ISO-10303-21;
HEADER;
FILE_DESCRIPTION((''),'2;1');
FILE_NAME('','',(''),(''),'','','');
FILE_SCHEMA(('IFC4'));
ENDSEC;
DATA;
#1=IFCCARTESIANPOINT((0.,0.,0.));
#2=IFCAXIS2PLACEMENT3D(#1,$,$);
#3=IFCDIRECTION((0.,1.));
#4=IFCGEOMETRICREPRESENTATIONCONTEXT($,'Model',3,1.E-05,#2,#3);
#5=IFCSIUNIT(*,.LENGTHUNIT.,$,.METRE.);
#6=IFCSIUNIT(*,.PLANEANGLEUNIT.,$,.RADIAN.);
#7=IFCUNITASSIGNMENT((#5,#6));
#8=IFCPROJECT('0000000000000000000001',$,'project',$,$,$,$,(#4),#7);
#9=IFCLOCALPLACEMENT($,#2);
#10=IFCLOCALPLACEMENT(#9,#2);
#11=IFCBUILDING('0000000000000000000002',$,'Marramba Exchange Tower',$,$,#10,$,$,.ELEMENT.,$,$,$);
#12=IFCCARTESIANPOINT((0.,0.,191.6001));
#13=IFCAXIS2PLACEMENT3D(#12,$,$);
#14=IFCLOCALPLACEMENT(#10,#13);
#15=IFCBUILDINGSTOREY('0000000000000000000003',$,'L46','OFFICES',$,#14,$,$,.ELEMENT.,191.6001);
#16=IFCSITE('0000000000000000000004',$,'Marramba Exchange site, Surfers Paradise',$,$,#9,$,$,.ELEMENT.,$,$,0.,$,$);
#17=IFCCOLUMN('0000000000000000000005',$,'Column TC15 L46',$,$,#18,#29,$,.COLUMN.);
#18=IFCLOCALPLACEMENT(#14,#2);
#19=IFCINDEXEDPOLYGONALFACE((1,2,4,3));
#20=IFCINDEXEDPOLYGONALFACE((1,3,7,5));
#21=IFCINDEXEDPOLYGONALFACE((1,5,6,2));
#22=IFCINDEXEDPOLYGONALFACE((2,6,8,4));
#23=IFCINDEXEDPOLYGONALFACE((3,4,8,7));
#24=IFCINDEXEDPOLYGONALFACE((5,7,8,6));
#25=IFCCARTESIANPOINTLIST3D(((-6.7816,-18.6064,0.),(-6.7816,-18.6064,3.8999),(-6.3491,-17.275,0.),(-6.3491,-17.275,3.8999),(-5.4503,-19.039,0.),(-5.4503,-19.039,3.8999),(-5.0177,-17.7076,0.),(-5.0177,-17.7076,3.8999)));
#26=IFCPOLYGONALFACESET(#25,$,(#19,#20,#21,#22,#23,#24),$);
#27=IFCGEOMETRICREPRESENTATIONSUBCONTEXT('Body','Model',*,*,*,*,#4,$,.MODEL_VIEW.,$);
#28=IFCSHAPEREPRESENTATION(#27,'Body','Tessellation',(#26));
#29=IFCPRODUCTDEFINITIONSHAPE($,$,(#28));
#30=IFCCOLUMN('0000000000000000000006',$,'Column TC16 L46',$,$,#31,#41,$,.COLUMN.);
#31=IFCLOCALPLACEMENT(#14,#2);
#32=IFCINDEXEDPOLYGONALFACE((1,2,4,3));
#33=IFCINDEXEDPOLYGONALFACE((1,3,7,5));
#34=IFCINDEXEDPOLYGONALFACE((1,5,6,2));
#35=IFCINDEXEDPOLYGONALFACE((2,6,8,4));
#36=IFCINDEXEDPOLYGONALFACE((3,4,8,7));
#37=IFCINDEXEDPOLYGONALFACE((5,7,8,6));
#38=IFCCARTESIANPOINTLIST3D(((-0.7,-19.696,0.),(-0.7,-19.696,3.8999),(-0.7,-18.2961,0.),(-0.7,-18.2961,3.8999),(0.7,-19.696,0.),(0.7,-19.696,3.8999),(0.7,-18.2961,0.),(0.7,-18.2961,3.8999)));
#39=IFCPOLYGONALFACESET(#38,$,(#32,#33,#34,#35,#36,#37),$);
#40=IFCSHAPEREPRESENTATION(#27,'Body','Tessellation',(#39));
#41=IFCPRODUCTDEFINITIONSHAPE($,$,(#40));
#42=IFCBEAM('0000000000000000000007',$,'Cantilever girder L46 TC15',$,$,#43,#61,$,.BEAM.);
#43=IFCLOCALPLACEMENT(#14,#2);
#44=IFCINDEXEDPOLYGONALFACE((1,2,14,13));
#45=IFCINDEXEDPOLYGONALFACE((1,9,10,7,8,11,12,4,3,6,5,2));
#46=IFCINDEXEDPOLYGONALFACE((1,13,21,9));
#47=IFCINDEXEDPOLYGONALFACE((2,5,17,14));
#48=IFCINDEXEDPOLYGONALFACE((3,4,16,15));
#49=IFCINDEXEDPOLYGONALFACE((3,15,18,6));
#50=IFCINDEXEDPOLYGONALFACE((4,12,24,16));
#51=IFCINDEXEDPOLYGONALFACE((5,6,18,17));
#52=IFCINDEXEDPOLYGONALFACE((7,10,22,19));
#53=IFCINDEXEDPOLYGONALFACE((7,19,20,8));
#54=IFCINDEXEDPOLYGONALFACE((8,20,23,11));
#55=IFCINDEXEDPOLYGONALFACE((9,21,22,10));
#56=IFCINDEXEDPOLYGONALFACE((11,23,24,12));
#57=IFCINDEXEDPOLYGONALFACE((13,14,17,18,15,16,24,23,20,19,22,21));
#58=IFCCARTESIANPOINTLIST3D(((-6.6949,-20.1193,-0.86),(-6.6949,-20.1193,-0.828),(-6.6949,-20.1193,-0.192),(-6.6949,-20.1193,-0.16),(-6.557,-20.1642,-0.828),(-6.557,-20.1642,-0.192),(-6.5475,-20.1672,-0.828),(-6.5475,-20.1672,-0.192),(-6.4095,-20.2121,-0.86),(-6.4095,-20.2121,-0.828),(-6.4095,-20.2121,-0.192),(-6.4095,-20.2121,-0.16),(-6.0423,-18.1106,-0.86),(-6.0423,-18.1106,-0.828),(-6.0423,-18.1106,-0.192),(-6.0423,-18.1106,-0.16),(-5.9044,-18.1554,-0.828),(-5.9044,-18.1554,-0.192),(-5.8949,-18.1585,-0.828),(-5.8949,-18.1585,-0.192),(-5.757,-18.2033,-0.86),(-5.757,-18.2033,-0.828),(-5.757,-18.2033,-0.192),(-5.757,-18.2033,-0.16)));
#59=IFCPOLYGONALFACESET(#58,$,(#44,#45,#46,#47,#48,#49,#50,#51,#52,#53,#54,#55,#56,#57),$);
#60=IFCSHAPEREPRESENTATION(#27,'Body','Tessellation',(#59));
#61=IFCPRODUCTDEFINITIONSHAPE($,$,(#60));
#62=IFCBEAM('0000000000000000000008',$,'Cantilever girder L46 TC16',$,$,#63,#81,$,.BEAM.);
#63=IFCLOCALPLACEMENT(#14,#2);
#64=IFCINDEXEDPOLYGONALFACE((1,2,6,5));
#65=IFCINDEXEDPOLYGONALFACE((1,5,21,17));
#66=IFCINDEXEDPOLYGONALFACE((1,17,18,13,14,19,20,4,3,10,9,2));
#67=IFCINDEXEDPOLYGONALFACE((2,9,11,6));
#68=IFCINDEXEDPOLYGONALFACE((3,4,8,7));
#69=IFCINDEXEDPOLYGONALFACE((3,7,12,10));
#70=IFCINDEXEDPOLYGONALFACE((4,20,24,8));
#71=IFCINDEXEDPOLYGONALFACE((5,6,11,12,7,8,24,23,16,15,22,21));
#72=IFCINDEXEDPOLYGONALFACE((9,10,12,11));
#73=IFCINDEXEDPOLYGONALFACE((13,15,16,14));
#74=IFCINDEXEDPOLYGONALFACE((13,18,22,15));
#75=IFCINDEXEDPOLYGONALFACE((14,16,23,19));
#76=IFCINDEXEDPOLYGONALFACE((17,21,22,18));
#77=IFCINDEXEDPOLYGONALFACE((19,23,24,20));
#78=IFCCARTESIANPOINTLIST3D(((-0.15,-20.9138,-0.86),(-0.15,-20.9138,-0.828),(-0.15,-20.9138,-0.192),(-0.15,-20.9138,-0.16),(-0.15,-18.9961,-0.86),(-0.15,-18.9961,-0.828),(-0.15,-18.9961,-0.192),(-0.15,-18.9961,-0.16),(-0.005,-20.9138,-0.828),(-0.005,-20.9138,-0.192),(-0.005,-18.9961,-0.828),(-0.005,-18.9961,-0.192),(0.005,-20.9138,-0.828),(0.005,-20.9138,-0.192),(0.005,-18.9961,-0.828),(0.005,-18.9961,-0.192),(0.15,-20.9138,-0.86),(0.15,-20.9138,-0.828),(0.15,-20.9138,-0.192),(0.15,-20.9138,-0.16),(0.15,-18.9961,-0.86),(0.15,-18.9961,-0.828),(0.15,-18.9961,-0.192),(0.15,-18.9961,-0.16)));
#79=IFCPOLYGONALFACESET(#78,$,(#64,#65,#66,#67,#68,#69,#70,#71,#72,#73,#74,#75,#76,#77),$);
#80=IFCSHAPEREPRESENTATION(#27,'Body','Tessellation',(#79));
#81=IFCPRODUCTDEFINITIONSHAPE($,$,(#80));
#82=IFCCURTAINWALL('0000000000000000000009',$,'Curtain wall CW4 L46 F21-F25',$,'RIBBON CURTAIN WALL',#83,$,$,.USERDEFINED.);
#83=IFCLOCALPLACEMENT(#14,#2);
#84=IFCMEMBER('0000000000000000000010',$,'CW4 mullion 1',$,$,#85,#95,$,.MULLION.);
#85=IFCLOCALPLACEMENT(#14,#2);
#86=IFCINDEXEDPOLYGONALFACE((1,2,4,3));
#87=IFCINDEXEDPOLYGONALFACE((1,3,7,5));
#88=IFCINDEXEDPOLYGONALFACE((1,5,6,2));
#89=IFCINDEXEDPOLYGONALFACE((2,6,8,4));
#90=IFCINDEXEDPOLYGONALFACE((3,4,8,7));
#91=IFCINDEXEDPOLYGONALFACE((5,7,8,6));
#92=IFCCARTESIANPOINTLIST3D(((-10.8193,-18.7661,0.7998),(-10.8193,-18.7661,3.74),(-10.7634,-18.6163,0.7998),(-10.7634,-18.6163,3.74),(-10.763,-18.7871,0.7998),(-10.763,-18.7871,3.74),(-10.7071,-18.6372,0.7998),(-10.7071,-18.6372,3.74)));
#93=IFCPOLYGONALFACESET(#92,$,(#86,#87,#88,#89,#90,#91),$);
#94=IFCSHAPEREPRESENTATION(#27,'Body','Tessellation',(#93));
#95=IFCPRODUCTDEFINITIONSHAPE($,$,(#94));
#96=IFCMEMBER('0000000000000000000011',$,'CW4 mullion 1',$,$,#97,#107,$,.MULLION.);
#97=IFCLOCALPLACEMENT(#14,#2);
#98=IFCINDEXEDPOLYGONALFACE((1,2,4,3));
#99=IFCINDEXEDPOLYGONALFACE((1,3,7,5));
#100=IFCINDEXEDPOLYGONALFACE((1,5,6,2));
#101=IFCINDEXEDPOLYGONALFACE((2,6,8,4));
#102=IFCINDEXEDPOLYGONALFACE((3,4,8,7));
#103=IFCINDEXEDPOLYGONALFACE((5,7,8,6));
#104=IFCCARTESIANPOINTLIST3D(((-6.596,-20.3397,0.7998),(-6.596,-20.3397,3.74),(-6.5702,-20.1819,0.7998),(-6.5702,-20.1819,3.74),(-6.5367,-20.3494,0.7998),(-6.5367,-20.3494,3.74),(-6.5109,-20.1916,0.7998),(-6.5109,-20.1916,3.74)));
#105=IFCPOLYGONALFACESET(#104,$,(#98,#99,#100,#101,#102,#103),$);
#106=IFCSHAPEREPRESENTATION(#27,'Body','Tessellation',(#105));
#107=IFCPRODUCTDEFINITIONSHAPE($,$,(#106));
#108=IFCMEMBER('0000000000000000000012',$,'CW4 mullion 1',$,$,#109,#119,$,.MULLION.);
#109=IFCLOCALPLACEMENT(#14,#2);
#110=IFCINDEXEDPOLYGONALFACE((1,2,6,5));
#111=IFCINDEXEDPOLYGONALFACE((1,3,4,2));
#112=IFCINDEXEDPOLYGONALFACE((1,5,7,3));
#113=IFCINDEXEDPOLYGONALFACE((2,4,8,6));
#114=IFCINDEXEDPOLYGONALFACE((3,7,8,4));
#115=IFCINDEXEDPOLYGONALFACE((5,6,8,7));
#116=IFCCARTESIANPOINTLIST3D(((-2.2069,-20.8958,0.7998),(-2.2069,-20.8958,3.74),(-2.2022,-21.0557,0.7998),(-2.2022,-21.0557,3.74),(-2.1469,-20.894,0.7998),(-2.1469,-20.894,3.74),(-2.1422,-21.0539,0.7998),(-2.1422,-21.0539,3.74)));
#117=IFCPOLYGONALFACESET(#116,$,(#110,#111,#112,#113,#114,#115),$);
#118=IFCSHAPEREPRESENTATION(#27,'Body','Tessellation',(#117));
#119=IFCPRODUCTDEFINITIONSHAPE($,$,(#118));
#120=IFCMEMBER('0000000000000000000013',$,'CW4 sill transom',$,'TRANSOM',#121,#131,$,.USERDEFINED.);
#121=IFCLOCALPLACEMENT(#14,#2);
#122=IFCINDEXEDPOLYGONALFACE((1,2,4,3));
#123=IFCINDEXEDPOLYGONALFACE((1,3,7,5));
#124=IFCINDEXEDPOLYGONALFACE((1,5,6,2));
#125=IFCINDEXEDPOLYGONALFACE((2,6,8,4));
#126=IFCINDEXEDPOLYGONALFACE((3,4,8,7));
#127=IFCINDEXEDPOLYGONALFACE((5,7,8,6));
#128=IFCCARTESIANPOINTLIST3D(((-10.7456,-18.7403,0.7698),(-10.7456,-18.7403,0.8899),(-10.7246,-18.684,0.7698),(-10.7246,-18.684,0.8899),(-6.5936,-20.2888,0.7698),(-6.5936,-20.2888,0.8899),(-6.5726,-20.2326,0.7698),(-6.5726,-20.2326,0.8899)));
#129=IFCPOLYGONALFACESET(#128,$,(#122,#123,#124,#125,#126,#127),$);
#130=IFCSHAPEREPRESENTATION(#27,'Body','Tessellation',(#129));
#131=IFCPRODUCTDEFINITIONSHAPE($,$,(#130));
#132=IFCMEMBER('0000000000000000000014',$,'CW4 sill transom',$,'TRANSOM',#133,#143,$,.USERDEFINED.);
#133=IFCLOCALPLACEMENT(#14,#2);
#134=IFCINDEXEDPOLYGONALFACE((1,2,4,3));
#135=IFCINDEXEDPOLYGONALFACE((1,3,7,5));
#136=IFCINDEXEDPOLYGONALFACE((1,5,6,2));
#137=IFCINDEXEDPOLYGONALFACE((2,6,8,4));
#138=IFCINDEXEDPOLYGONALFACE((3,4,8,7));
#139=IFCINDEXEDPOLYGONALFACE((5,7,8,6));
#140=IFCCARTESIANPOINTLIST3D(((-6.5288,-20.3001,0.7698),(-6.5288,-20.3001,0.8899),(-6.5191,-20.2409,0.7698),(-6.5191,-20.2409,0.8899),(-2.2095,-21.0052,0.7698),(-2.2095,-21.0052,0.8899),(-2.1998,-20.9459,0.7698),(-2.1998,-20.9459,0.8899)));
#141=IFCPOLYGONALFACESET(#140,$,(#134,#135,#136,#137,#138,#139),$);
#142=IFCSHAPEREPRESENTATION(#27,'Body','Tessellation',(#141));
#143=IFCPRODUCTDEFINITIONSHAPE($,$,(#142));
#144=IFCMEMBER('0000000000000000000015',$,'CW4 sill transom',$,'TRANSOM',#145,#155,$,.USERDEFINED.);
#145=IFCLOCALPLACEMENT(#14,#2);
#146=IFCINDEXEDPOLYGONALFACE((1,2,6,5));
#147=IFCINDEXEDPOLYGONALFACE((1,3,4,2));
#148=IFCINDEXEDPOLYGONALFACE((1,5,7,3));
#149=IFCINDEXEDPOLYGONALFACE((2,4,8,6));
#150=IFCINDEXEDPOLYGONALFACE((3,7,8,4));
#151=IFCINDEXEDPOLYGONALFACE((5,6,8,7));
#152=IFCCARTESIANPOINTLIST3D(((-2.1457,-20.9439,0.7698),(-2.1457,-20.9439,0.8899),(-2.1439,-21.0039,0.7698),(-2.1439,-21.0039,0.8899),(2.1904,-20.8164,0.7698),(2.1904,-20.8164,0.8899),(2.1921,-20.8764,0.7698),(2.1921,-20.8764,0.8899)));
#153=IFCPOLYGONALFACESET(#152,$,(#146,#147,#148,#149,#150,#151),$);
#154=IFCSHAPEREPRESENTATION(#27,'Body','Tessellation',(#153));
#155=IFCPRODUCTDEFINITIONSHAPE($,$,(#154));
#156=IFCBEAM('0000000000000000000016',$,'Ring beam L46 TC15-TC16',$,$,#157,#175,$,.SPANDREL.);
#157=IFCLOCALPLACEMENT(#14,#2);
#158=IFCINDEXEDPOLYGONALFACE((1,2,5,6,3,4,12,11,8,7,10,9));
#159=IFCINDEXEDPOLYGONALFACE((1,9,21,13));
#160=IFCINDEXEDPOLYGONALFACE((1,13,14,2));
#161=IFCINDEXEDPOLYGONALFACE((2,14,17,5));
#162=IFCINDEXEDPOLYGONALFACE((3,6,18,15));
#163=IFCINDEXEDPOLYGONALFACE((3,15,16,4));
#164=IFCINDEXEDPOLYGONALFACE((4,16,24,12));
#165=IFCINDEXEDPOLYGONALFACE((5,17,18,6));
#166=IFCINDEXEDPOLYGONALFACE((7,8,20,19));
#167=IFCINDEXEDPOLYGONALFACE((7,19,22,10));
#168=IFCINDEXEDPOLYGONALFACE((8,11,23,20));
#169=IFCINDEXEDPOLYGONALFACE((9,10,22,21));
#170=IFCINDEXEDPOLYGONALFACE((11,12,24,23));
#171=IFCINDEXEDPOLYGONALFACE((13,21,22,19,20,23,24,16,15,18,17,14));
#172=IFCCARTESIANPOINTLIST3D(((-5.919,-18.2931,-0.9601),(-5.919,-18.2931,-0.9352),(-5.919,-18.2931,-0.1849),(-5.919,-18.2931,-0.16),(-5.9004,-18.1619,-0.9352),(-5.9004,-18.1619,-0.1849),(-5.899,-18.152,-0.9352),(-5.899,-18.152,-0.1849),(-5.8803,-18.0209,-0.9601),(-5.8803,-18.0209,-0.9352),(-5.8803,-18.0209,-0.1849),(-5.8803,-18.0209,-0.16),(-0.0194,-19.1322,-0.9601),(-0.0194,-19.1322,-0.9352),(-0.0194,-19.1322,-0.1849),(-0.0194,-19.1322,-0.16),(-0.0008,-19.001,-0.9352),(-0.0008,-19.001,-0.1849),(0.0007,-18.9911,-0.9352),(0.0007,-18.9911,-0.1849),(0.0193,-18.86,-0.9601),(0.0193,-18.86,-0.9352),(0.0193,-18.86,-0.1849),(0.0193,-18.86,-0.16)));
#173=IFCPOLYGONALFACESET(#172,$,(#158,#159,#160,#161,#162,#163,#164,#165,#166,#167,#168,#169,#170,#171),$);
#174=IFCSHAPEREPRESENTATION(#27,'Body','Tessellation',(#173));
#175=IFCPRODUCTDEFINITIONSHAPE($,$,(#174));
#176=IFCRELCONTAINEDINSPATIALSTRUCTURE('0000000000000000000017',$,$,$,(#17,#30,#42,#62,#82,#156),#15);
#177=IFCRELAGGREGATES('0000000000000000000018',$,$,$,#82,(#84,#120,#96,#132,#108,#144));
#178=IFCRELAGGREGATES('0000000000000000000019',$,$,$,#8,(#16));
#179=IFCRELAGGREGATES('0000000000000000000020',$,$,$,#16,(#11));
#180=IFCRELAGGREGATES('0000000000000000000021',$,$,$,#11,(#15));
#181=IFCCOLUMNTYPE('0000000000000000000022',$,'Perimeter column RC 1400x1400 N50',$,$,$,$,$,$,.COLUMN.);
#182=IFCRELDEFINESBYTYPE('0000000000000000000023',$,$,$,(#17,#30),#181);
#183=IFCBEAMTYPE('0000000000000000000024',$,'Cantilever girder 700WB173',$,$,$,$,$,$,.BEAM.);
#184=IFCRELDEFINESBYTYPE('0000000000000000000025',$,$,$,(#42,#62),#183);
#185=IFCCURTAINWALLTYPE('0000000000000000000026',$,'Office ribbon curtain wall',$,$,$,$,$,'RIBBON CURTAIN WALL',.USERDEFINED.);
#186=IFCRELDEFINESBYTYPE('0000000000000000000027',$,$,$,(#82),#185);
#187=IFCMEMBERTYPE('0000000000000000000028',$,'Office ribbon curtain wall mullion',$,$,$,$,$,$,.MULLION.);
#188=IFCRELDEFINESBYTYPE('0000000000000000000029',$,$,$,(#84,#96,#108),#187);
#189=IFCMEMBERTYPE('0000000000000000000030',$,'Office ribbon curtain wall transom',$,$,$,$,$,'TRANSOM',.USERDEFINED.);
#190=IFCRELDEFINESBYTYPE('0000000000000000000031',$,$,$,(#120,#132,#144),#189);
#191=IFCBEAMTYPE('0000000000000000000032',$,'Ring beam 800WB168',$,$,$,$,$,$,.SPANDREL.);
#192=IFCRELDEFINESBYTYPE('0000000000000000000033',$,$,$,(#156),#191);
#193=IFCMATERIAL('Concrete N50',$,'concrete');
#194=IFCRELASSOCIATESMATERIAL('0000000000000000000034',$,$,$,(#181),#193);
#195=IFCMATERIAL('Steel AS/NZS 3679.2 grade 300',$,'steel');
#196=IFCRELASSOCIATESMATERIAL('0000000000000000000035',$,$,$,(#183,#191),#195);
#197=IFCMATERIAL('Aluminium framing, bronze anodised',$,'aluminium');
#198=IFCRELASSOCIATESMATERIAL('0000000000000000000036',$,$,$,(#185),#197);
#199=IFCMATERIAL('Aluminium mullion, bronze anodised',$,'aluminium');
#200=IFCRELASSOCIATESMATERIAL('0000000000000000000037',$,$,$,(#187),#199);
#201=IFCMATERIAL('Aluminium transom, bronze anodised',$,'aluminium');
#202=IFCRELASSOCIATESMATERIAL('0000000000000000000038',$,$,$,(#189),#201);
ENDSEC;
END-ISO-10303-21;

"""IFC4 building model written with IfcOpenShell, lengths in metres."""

from ifc_helpers import new_model, si_unit, direction, frame, origin, origin_2d, place, context, subcontext, project, spatial, rectangle, i_section, extrude, material, material_profile, profile_set, type_object, element, aggregate, save


model = new_model("IFC4")

# Units and contexts
model_context = context("Model", 3, precision=1e-05, world=origin(), true_north=direction((0.0, 1.0)))
body_context = subcontext(model_context, "Body", "Model", "MODEL_VIEW")
ifc_project = project(units=[si_unit("LENGTHUNIT", "METRE"), si_unit("PLANEANGLEUNIT", "RADIAN")], contexts=[model_context])

# Site, building, storey
site_placement = place(None, origin())
site = spatial("IfcSite", under=ifc_project, at=site_placement, Name="Marramba Exchange site, Surfers Paradise", CompositionType="ELEMENT", RefElevation=0.0)
building_placement = place(site_placement, origin())
building = spatial("IfcBuilding", under=site, at=building_placement, Name="Marramba Exchange Tower", CompositionType="ELEMENT")
storey_placement = place(building_placement, frame((0.0, 0.0, 191.6001)))
storey = spatial("IfcBuildingStorey", under=building, at=storey_placement, Name="L46", Description="OFFICES", CompositionType="ELEMENT", Elevation=191.6001)

# Columns
ifc_material_1 = material(Name="Concrete N50", Category="concrete")
ifc_material_profile_1 = material_profile(ifc_material_1, rectangle(XDim=1.3999, YDim=1.3999, at=origin_2d()), Name="RC 1400x1400")
ifc_profile_set_1 = profile_set([ifc_material_profile_1], Name="Concrete N50")
column_type = type_object("IfcColumnType", Name="Perimeter column RC 1400x1400 N50", PredefinedType="COLUMN", material=ifc_profile_set_1)
for number, where, z_axis, x_axis, name in (
    (1, (-5.8997, -18.157, 0.0), (0.0, 0.0, 1.0), (-0.309017, -0.951057, 0.0), "Column TC15 L46"),
    (2, (0.0, -18.9961, 0.0), (0.0, 0.0, 1.0), (0.0, -1.0, 0.0), "Column TC16 L46"),
):
    element("IfcColumn", number, at=place(storey_placement, frame(where, z_axis=z_axis, x_axis=x_axis)), inside=storey, type_object=column_type, Name=name, PredefinedType="COLUMN", context=body_context, shape_type="SweptSolid", body=[
        extrude(rectangle(XDim=1.3999, YDim=1.3999, at=origin_2d()), origin(), (0.0, 0.0, 1.0), 3.8999),
    ])

# Beams
ifc_material_2 = material(Name="Steel AS/NZS 3679.2 grade 300", Category="steel")
ifc_material_profile_2 = material_profile(ifc_material_2, i_section(OverallWidth=0.3, OverallDepth=0.7, WebThickness=0.01, FlangeThickness=0.032, at=origin_2d()), Name="700WB173")
ifc_profile_set_2 = profile_set([ifc_material_profile_2], Name="Steel AS/NZS 3679.2 grade 300")
beam_type_1 = type_object("IfcBeamType", Name="Cantilever girder 700WB173", PredefinedType="BEAM", material=ifc_profile_set_2)
beam_1_placement = place(storey_placement, frame((-5.8997, -18.157, -0.51), z_axis=(-0.308971, -0.951071, 0.0), x_axis=(0.951071, -0.308971, 0.0)))
element("IfcBeam", 3, at=beam_1_placement, inside=storey, type_object=beam_type_1, Name="Cantilever girder L46 TC15", PredefinedType="BEAM", context=body_context, shape_type="SweptSolid", body=[
    extrude(i_section(OverallWidth=0.3, OverallDepth=0.7, WebThickness=0.01, FlangeThickness=0.032, at=origin_2d()), origin(), (0.0, 0.0, 1.0), 2.1121),
])
beam_2_placement = place(storey_placement, frame((0.0, -18.9961, -0.51), z_axis=(0.0, -1.0, 0.0), x_axis=(1.0, 0.0, 0.0)))
element("IfcBeam", 4, at=beam_2_placement, inside=storey, type_object=beam_type_1, Name="Cantilever girder L46 TC16", PredefinedType="BEAM", context=body_context, shape_type="SweptSolid", body=[
    extrude(i_section(OverallWidth=0.3, OverallDepth=0.7, WebThickness=0.01, FlangeThickness=0.032, at=origin_2d()), origin(), (0.0, 0.0, 1.0), 1.9177),
])

# Curtain wall, members
ifc_material_3 = material(Name="Aluminium framing, bronze anodised", Category="aluminium")
curtain_wall_type = type_object("IfcCurtainWallType", Name="Office ribbon curtain wall", ElementType="RIBBON CURTAIN WALL", PredefinedType="USERDEFINED", material=ifc_material_3)
curtain_wall_1_placement = place(storey_placement, origin())
curtain_wall_1 = element("IfcCurtainWall", 5, at=curtain_wall_1_placement, inside=storey, type_object=curtain_wall_type, Name="Curtain wall CW4 L46 F21-F25", ObjectType="RIBBON CURTAIN WALL", PredefinedType="USERDEFINED")
ifc_material_4 = material(Name="Aluminium mullion, bronze anodised", Category="aluminium")
ifc_material_profile_3 = material_profile(ifc_material_4, rectangle(XDim=0.1599, YDim=0.0601, at=origin_2d()), Name="CW4 mullion 60x160")
ifc_profile_set_3 = profile_set([ifc_material_profile_3], Name="Aluminium mullion, bronze anodised")
member_type_1 = type_object("IfcMemberType", Name="Office ribbon curtain wall mullion", PredefinedType="MULLION", material=ifc_profile_set_3)
member_1_placement = place(storey_placement, frame((-10.7632, -18.7017, 0.7998), z_axis=(0.0, 0.0, 1.0), x_axis=(0.349459, 0.936952, 0.0)))
member_1 = element("IfcMember", 6, at=member_1_placement, type_object=member_type_1, Name="CW4 mullion 1", PredefinedType="MULLION", context=body_context, shape_type="SweptSolid", body=[
    extrude(rectangle(XDim=0.1599, YDim=0.0601, at=origin_2d()), origin(), (0.0, 0.0, 1.0), 2.9402),
])
member_2_placement = place(storey_placement, frame((-6.5535, -20.2656, 0.7998), z_axis=(0.0, 0.0, 1.0), x_axis=(0.161146, 0.986931, 0.0)))
member_2 = element("IfcMember", 7, at=member_2_placement, type_object=member_type_1, Name="CW4 mullion 1", PredefinedType="MULLION", context=body_context, shape_type="SweptSolid", body=[
    extrude(rectangle(XDim=0.1599, YDim=0.0601, at=origin_2d()), origin(), (0.0, 0.0, 1.0), 2.9402),
])
member_3_placement = place(storey_placement, frame((-2.1746, -20.9749, 0.7998), z_axis=(0.0, 0.0, 1.0), x_axis=(-0.029393, 0.999568, 0.0)))
member_3 = element("IfcMember", 8, at=member_3_placement, type_object=member_type_1, Name="CW4 mullion 1", PredefinedType="MULLION", context=body_context, shape_type="SweptSolid", body=[
    extrude(rectangle(XDim=0.1599, YDim=0.0601, at=origin_2d()), origin(), (0.0, 0.0, 1.0), 2.9402),
])
ifc_material_5 = material(Name="Aluminium transom, bronze anodised", Category="aluminium")
ifc_material_profile_4 = material_profile(ifc_material_5, rectangle(XDim=0.0601, YDim=0.1201, at=origin_2d()), Name="CW4 transom 60x120")
ifc_profile_set_4 = profile_set([ifc_material_profile_4], Name="Aluminium transom, bronze anodised")
member_type_2 = type_object("IfcMemberType", Name="Office ribbon curtain wall transom", ElementType="TRANSOM", PredefinedType="USERDEFINED", material=ifc_profile_set_4)
member_4_placement = place(storey_placement, frame((-10.7351, -18.7122, 0.8298), z_axis=(0.936955, -0.34945, 0.0), x_axis=(0.34945, 0.936955, 0.0)))
member_4 = element("IfcMember", 9, at=member_4_placement, type_object=member_type_2, Name="CW4 sill transom", ObjectType="TRANSOM", PredefinedType="USERDEFINED", context=body_context, shape_type="SweptSolid", body=[
    extrude(rectangle(XDim=0.0601, YDim=0.1201, at=origin_2d()), origin(), (0.0, 0.0, 1.0), 4.4314),
])
member_5_placement = place(storey_placement, frame((-6.5239, -20.2705, 0.8298), z_axis=(0.986937, -0.161105, 0.0), x_axis=(0.161105, 0.986937, 0.0)))
member_5 = element("IfcMember", 10, at=member_5_placement, type_object=member_type_2, Name="CW4 sill transom", ObjectType="TRANSOM", PredefinedType="USERDEFINED", context=body_context, shape_type="SweptSolid", body=[
    extrude(rectangle(XDim=0.0601, YDim=0.1201, at=origin_2d()), origin(), (0.0, 0.0, 1.0), 4.3765),
])
member_6_placement = place(storey_placement, frame((-2.1448, -20.9739, 0.8298), z_axis=(0.999568, 0.029379, 0.0), x_axis=(-0.029379, 0.999568, 0.0)))
member_6 = element("IfcMember", 11, at=member_6_placement, type_object=member_type_2, Name="CW4 sill transom", ObjectType="TRANSOM", PredefinedType="USERDEFINED", context=body_context, shape_type="SweptSolid", body=[
    extrude(rectangle(XDim=0.0601, YDim=0.1201, at=origin_2d()), origin(), (0.0, 0.0, 1.0), 4.3379),
])

# Beam
ifc_material_profile_5 = material_profile(ifc_material_2, i_section(OverallWidth=0.2749, OverallDepth=0.8, WebThickness=0.01, FlangeThickness=0.0249, at=origin_2d()), Name="800WB168")
ifc_profile_set_5 = profile_set([ifc_material_profile_5], Name="Steel AS/NZS 3679.2 grade 300")
beam_type_2 = type_object("IfcBeamType", Name="Ring beam 800WB168", PredefinedType="SPANDREL", material=ifc_profile_set_5)
for number, where, z_axis, x_axis, name in (
    (12, (-5.8997, -18.157, -0.5601), (0.990036, -0.140813, 0.0), (0.140813, 0.990036, 0.0), "Ring beam L46 TC15-TC16"),
):
    element("IfcBeam", number, at=place(storey_placement, frame(where, z_axis=z_axis, x_axis=x_axis)), inside=storey, type_object=beam_type_2, Name=name, PredefinedType="SPANDREL", context=body_context, shape_type="SweptSolid", body=[
        extrude(i_section(OverallWidth=0.2749, OverallDepth=0.8, WebThickness=0.01, FlangeThickness=0.0249, at=origin_2d()), origin(), (0.0, 0.0, 1.0), 5.959),
    ])

aggregate(curtain_wall_1, [member_1, member_4, member_2, member_5, member_3, member_6])

save(model, "model.ifc")
